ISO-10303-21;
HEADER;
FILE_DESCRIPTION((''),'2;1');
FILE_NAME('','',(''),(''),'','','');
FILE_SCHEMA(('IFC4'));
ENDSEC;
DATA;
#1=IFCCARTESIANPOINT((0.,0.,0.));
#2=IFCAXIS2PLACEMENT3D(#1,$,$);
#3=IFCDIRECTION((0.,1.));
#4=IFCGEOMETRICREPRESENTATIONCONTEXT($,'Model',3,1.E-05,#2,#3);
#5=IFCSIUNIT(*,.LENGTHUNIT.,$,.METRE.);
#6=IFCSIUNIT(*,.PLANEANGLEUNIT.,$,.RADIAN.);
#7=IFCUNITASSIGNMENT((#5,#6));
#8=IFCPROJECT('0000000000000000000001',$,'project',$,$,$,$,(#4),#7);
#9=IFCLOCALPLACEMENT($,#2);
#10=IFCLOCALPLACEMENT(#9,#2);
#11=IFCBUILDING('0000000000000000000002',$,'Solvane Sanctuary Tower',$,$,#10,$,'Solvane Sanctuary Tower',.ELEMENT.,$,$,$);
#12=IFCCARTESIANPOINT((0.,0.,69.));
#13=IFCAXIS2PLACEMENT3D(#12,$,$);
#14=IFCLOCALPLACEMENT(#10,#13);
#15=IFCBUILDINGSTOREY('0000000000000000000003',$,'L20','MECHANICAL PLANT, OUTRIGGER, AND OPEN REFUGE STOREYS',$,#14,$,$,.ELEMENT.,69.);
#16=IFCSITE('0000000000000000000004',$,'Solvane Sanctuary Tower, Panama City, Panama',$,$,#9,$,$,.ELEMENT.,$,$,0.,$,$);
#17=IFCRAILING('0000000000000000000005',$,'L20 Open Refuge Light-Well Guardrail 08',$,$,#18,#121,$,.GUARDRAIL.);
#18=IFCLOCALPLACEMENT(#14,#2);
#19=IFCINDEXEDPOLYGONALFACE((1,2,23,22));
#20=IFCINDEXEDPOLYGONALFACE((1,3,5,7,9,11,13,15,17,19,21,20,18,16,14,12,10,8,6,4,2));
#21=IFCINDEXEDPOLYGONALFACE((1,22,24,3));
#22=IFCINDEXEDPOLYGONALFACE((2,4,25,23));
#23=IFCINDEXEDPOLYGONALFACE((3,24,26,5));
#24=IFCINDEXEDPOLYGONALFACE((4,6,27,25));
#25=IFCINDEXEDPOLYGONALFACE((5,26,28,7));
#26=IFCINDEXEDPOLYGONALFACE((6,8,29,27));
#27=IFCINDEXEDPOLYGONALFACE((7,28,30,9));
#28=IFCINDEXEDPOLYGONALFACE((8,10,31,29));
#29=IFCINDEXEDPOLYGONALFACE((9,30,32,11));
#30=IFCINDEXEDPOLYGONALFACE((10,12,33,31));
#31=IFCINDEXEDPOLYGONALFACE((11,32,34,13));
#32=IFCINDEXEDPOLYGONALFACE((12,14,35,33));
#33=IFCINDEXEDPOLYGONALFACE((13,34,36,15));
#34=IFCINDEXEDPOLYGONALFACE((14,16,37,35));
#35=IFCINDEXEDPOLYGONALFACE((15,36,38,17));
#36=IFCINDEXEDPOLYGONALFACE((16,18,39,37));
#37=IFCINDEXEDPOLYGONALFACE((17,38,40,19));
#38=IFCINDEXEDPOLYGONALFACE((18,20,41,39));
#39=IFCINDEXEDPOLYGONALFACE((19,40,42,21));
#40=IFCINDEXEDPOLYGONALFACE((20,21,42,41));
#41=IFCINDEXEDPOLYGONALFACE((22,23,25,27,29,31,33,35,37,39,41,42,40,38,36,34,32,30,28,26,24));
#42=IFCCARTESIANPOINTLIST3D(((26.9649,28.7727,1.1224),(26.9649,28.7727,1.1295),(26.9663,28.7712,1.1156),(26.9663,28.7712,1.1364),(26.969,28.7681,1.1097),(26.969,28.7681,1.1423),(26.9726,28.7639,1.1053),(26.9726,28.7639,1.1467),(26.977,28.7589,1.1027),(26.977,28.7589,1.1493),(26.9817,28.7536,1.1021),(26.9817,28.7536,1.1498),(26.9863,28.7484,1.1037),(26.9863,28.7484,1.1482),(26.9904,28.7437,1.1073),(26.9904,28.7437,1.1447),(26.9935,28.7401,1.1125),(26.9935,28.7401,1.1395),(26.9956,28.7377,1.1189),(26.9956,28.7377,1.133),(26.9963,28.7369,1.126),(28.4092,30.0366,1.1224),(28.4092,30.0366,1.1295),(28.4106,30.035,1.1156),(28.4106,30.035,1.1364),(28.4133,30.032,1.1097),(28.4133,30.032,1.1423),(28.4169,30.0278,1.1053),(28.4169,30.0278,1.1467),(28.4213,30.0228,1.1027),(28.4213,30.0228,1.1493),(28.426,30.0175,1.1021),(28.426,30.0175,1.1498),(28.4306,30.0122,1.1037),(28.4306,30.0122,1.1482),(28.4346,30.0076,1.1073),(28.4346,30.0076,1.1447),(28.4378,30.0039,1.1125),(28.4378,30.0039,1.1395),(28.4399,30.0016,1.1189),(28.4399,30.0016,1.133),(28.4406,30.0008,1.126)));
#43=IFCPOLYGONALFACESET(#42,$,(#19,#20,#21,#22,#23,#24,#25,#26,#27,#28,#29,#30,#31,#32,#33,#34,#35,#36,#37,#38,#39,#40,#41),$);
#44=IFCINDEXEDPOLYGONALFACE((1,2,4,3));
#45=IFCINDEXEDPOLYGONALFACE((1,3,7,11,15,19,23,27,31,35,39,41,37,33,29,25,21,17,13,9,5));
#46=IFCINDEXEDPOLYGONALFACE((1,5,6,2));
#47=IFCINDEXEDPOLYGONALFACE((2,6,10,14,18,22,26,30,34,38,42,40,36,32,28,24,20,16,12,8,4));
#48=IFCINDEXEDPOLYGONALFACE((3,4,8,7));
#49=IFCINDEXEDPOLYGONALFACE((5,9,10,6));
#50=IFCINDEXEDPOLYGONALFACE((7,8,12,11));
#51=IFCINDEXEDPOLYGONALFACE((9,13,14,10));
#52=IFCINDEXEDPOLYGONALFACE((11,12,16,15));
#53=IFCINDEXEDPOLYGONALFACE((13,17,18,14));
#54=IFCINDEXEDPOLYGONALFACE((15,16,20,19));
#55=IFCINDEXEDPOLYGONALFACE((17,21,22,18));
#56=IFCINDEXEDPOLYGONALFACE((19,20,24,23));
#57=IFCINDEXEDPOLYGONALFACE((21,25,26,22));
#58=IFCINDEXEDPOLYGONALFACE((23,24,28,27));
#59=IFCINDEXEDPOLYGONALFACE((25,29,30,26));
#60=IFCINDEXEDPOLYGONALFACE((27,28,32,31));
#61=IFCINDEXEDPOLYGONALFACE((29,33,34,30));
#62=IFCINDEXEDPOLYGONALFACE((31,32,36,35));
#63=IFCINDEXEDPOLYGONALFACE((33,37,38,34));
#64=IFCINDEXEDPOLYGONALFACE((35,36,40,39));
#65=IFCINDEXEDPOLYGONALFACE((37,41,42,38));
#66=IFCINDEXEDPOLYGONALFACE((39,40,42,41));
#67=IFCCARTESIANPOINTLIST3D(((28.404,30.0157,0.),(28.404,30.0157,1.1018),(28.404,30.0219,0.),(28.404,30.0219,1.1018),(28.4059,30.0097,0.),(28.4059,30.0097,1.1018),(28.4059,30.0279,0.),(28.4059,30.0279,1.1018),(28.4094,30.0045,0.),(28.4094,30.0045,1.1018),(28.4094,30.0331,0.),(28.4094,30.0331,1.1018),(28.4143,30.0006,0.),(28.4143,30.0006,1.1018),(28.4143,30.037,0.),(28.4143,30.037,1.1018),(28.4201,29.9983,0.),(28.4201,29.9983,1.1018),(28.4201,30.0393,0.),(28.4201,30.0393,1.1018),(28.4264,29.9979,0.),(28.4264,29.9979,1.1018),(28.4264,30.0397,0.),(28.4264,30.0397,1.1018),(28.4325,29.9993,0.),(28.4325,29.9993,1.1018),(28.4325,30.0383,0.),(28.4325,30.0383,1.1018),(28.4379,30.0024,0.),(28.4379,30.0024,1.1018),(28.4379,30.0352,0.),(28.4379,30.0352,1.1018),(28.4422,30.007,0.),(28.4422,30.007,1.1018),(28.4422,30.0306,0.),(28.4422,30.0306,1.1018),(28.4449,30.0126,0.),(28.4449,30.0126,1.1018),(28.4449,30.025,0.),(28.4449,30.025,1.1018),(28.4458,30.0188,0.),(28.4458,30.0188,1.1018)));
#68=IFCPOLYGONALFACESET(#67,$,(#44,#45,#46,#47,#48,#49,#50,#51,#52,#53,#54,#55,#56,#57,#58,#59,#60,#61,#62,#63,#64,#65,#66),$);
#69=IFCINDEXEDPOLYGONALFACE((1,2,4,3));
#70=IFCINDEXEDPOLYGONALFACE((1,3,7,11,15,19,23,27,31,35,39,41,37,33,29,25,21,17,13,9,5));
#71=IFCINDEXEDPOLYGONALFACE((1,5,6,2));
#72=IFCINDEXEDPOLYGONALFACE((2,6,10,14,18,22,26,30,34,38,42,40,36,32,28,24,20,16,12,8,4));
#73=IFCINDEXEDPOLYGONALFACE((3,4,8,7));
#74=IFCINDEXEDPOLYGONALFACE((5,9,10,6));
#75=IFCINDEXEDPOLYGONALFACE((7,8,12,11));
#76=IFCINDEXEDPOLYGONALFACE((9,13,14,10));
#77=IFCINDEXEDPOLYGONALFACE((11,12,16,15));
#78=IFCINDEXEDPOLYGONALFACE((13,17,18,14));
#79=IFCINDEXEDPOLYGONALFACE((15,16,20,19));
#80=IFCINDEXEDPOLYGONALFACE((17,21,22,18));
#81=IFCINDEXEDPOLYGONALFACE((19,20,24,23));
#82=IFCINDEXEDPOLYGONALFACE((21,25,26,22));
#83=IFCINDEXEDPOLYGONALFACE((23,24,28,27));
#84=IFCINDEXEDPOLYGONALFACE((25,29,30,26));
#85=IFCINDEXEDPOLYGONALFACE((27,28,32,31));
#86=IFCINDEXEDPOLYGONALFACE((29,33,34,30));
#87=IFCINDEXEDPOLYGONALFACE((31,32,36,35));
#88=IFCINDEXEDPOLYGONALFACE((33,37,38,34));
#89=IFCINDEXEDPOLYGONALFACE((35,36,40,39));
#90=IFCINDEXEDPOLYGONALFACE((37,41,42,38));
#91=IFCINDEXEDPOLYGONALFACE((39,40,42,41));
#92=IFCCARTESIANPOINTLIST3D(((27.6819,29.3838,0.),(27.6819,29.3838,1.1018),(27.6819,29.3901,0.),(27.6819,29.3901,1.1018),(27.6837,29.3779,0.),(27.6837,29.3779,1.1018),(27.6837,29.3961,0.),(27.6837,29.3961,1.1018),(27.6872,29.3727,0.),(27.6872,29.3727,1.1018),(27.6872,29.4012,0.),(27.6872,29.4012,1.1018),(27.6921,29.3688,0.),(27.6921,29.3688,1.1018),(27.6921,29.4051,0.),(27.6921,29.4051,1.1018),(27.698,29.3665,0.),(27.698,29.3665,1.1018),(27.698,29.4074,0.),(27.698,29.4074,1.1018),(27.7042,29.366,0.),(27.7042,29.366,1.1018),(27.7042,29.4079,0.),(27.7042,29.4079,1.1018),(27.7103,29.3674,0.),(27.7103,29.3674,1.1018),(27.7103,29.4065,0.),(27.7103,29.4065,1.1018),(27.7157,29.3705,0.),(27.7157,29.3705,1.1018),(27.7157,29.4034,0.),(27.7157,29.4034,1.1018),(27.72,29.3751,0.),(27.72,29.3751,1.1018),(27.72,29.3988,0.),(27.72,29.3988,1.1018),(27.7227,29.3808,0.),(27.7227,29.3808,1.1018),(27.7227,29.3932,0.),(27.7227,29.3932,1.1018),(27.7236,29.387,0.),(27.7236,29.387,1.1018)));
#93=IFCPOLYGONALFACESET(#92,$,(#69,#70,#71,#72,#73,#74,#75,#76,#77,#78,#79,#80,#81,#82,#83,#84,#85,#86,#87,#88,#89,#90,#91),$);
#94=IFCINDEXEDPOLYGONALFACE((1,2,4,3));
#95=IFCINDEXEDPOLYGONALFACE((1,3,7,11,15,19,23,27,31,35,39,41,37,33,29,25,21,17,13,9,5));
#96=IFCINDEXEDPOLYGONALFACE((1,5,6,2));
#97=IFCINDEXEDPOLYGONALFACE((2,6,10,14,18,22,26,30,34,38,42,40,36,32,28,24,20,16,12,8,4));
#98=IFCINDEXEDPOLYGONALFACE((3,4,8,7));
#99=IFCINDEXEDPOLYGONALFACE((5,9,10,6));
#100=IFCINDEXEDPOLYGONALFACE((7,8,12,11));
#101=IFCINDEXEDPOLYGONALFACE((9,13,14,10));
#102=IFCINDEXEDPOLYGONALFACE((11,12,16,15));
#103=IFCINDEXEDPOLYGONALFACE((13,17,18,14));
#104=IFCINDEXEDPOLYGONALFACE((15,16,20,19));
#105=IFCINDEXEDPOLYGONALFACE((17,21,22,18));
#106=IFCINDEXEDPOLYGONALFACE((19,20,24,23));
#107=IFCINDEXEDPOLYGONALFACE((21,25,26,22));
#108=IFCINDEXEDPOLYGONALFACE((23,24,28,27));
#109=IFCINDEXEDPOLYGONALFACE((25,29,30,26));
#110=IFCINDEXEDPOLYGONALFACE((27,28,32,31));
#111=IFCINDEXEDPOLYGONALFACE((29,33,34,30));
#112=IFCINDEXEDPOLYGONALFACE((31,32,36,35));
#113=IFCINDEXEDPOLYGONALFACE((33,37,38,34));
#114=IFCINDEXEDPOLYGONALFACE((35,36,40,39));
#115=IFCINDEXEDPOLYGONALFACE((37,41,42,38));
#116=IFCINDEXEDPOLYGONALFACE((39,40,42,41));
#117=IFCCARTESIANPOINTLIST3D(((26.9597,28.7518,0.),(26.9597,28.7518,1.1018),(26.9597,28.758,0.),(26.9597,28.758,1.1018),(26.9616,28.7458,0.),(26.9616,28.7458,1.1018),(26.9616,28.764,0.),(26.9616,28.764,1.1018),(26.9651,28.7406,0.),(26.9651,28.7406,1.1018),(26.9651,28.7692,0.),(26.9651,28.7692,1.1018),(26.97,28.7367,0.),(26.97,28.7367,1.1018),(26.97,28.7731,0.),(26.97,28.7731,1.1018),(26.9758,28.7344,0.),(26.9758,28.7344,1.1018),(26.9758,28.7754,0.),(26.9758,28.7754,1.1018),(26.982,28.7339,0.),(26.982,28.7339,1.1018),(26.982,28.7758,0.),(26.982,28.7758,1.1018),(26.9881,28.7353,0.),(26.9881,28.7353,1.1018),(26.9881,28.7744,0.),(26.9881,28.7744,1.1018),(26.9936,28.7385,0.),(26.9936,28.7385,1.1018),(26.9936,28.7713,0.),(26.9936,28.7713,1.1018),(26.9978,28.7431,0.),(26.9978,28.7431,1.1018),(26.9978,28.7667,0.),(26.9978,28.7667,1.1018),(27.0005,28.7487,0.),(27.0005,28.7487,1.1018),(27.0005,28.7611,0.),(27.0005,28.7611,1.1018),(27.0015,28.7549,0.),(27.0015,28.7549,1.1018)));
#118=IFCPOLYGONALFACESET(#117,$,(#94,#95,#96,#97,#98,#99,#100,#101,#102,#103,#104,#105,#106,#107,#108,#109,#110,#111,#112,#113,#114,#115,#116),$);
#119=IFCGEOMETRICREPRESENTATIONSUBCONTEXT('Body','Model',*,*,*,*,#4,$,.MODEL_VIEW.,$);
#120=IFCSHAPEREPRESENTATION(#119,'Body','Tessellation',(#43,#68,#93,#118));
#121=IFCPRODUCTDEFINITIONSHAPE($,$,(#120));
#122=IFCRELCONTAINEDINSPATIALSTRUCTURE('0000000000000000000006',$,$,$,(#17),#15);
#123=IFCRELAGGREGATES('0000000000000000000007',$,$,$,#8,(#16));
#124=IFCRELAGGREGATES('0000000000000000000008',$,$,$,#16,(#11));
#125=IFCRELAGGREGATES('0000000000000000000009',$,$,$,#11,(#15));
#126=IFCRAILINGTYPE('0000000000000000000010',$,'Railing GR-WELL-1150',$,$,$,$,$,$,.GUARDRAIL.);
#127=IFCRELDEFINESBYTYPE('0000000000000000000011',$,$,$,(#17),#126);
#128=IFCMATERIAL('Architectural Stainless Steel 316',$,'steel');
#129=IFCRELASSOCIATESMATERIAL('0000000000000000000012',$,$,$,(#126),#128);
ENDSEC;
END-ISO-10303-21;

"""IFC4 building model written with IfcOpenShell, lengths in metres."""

from ifc_helpers import new_model, si_unit, direction, frame, origin, origin_2d, place, context, subcontext, project, spatial, circle, extrude, material, type_object, element, save


model = new_model("IFC4")

# Units and contexts
model_context = context("Model", 3, precision=1e-05, world=origin(), true_north=direction((0.0, 1.0)))
body_context = subcontext(model_context, "Body", "Model", "MODEL_VIEW")
ifc_project = project(units=[si_unit("LENGTHUNIT", "METRE"), si_unit("PLANEANGLEUNIT", "RADIAN")], contexts=[model_context])

# Site, building, storey
site_placement = place(None, origin())
site = spatial("IfcSite", under=ifc_project, at=site_placement, Name="Solvane Sanctuary Tower, Panama City, Panama", CompositionType="ELEMENT", RefElevation=0.0)
building_placement = place(site_placement, origin())
building = spatial("IfcBuilding", under=site, at=building_placement, Name="Solvane Sanctuary Tower", LongName="Solvane Sanctuary Tower", CompositionType="ELEMENT")
storey_placement = place(building_placement, frame((0.0, 0.0, 69.0)))
storey = spatial("IfcBuildingStorey", under=building, at=storey_placement, Name="L20", Description="MECHANICAL PLANT, OUTRIGGER, AND OPEN REFUGE STOREYS", CompositionType="ELEMENT", Elevation=69.0)

# Shared definitions
ifc_material_1 = material(Name="Architectural Stainless Steel 316", Category="steel")

# Railing
railing_type_1 = type_object("IfcRailingType", Name="Railing GR-WELL-1150", PredefinedType="GUARDRAIL", material=ifc_material_1)
railing_1_placement = place(storey_placement, frame((28.4248, 30.0188, 0.0)))
element("IfcRailing", 1, at=railing_1_placement, inside=storey, type_object=railing_type_1, Name="L20 Open Refuge Light-Well Guardrail 08", PredefinedType="GUARDRAIL", context=body_context, shape_type="SweptSolid", body=[
    extrude(circle(Radius=0.0239, at=origin_2d()), frame((0.0, 0.0, 1.126), z_axis=(-0.752545, -0.658541, 0.0), x_axis=(0.658541, -0.752545, 0.0)), (0.0, 0.0, 1.0), 1.9192),
    extrude(circle(Radius=0.021, at=origin_2d()), origin(), (0.0, 0.0, 1.0), 1.1018),
    extrude(circle(Radius=0.021, at=origin_2d()), frame((-0.7222, -0.6318, 0.0)), (0.0, 0.0, 1.0), 1.1018),
    extrude(circle(Radius=0.021, at=origin_2d()), frame((-1.4443, -1.2639, 0.0)), (0.0, 0.0, 1.0), 1.1018),
])

save(model, "model.ifc")
